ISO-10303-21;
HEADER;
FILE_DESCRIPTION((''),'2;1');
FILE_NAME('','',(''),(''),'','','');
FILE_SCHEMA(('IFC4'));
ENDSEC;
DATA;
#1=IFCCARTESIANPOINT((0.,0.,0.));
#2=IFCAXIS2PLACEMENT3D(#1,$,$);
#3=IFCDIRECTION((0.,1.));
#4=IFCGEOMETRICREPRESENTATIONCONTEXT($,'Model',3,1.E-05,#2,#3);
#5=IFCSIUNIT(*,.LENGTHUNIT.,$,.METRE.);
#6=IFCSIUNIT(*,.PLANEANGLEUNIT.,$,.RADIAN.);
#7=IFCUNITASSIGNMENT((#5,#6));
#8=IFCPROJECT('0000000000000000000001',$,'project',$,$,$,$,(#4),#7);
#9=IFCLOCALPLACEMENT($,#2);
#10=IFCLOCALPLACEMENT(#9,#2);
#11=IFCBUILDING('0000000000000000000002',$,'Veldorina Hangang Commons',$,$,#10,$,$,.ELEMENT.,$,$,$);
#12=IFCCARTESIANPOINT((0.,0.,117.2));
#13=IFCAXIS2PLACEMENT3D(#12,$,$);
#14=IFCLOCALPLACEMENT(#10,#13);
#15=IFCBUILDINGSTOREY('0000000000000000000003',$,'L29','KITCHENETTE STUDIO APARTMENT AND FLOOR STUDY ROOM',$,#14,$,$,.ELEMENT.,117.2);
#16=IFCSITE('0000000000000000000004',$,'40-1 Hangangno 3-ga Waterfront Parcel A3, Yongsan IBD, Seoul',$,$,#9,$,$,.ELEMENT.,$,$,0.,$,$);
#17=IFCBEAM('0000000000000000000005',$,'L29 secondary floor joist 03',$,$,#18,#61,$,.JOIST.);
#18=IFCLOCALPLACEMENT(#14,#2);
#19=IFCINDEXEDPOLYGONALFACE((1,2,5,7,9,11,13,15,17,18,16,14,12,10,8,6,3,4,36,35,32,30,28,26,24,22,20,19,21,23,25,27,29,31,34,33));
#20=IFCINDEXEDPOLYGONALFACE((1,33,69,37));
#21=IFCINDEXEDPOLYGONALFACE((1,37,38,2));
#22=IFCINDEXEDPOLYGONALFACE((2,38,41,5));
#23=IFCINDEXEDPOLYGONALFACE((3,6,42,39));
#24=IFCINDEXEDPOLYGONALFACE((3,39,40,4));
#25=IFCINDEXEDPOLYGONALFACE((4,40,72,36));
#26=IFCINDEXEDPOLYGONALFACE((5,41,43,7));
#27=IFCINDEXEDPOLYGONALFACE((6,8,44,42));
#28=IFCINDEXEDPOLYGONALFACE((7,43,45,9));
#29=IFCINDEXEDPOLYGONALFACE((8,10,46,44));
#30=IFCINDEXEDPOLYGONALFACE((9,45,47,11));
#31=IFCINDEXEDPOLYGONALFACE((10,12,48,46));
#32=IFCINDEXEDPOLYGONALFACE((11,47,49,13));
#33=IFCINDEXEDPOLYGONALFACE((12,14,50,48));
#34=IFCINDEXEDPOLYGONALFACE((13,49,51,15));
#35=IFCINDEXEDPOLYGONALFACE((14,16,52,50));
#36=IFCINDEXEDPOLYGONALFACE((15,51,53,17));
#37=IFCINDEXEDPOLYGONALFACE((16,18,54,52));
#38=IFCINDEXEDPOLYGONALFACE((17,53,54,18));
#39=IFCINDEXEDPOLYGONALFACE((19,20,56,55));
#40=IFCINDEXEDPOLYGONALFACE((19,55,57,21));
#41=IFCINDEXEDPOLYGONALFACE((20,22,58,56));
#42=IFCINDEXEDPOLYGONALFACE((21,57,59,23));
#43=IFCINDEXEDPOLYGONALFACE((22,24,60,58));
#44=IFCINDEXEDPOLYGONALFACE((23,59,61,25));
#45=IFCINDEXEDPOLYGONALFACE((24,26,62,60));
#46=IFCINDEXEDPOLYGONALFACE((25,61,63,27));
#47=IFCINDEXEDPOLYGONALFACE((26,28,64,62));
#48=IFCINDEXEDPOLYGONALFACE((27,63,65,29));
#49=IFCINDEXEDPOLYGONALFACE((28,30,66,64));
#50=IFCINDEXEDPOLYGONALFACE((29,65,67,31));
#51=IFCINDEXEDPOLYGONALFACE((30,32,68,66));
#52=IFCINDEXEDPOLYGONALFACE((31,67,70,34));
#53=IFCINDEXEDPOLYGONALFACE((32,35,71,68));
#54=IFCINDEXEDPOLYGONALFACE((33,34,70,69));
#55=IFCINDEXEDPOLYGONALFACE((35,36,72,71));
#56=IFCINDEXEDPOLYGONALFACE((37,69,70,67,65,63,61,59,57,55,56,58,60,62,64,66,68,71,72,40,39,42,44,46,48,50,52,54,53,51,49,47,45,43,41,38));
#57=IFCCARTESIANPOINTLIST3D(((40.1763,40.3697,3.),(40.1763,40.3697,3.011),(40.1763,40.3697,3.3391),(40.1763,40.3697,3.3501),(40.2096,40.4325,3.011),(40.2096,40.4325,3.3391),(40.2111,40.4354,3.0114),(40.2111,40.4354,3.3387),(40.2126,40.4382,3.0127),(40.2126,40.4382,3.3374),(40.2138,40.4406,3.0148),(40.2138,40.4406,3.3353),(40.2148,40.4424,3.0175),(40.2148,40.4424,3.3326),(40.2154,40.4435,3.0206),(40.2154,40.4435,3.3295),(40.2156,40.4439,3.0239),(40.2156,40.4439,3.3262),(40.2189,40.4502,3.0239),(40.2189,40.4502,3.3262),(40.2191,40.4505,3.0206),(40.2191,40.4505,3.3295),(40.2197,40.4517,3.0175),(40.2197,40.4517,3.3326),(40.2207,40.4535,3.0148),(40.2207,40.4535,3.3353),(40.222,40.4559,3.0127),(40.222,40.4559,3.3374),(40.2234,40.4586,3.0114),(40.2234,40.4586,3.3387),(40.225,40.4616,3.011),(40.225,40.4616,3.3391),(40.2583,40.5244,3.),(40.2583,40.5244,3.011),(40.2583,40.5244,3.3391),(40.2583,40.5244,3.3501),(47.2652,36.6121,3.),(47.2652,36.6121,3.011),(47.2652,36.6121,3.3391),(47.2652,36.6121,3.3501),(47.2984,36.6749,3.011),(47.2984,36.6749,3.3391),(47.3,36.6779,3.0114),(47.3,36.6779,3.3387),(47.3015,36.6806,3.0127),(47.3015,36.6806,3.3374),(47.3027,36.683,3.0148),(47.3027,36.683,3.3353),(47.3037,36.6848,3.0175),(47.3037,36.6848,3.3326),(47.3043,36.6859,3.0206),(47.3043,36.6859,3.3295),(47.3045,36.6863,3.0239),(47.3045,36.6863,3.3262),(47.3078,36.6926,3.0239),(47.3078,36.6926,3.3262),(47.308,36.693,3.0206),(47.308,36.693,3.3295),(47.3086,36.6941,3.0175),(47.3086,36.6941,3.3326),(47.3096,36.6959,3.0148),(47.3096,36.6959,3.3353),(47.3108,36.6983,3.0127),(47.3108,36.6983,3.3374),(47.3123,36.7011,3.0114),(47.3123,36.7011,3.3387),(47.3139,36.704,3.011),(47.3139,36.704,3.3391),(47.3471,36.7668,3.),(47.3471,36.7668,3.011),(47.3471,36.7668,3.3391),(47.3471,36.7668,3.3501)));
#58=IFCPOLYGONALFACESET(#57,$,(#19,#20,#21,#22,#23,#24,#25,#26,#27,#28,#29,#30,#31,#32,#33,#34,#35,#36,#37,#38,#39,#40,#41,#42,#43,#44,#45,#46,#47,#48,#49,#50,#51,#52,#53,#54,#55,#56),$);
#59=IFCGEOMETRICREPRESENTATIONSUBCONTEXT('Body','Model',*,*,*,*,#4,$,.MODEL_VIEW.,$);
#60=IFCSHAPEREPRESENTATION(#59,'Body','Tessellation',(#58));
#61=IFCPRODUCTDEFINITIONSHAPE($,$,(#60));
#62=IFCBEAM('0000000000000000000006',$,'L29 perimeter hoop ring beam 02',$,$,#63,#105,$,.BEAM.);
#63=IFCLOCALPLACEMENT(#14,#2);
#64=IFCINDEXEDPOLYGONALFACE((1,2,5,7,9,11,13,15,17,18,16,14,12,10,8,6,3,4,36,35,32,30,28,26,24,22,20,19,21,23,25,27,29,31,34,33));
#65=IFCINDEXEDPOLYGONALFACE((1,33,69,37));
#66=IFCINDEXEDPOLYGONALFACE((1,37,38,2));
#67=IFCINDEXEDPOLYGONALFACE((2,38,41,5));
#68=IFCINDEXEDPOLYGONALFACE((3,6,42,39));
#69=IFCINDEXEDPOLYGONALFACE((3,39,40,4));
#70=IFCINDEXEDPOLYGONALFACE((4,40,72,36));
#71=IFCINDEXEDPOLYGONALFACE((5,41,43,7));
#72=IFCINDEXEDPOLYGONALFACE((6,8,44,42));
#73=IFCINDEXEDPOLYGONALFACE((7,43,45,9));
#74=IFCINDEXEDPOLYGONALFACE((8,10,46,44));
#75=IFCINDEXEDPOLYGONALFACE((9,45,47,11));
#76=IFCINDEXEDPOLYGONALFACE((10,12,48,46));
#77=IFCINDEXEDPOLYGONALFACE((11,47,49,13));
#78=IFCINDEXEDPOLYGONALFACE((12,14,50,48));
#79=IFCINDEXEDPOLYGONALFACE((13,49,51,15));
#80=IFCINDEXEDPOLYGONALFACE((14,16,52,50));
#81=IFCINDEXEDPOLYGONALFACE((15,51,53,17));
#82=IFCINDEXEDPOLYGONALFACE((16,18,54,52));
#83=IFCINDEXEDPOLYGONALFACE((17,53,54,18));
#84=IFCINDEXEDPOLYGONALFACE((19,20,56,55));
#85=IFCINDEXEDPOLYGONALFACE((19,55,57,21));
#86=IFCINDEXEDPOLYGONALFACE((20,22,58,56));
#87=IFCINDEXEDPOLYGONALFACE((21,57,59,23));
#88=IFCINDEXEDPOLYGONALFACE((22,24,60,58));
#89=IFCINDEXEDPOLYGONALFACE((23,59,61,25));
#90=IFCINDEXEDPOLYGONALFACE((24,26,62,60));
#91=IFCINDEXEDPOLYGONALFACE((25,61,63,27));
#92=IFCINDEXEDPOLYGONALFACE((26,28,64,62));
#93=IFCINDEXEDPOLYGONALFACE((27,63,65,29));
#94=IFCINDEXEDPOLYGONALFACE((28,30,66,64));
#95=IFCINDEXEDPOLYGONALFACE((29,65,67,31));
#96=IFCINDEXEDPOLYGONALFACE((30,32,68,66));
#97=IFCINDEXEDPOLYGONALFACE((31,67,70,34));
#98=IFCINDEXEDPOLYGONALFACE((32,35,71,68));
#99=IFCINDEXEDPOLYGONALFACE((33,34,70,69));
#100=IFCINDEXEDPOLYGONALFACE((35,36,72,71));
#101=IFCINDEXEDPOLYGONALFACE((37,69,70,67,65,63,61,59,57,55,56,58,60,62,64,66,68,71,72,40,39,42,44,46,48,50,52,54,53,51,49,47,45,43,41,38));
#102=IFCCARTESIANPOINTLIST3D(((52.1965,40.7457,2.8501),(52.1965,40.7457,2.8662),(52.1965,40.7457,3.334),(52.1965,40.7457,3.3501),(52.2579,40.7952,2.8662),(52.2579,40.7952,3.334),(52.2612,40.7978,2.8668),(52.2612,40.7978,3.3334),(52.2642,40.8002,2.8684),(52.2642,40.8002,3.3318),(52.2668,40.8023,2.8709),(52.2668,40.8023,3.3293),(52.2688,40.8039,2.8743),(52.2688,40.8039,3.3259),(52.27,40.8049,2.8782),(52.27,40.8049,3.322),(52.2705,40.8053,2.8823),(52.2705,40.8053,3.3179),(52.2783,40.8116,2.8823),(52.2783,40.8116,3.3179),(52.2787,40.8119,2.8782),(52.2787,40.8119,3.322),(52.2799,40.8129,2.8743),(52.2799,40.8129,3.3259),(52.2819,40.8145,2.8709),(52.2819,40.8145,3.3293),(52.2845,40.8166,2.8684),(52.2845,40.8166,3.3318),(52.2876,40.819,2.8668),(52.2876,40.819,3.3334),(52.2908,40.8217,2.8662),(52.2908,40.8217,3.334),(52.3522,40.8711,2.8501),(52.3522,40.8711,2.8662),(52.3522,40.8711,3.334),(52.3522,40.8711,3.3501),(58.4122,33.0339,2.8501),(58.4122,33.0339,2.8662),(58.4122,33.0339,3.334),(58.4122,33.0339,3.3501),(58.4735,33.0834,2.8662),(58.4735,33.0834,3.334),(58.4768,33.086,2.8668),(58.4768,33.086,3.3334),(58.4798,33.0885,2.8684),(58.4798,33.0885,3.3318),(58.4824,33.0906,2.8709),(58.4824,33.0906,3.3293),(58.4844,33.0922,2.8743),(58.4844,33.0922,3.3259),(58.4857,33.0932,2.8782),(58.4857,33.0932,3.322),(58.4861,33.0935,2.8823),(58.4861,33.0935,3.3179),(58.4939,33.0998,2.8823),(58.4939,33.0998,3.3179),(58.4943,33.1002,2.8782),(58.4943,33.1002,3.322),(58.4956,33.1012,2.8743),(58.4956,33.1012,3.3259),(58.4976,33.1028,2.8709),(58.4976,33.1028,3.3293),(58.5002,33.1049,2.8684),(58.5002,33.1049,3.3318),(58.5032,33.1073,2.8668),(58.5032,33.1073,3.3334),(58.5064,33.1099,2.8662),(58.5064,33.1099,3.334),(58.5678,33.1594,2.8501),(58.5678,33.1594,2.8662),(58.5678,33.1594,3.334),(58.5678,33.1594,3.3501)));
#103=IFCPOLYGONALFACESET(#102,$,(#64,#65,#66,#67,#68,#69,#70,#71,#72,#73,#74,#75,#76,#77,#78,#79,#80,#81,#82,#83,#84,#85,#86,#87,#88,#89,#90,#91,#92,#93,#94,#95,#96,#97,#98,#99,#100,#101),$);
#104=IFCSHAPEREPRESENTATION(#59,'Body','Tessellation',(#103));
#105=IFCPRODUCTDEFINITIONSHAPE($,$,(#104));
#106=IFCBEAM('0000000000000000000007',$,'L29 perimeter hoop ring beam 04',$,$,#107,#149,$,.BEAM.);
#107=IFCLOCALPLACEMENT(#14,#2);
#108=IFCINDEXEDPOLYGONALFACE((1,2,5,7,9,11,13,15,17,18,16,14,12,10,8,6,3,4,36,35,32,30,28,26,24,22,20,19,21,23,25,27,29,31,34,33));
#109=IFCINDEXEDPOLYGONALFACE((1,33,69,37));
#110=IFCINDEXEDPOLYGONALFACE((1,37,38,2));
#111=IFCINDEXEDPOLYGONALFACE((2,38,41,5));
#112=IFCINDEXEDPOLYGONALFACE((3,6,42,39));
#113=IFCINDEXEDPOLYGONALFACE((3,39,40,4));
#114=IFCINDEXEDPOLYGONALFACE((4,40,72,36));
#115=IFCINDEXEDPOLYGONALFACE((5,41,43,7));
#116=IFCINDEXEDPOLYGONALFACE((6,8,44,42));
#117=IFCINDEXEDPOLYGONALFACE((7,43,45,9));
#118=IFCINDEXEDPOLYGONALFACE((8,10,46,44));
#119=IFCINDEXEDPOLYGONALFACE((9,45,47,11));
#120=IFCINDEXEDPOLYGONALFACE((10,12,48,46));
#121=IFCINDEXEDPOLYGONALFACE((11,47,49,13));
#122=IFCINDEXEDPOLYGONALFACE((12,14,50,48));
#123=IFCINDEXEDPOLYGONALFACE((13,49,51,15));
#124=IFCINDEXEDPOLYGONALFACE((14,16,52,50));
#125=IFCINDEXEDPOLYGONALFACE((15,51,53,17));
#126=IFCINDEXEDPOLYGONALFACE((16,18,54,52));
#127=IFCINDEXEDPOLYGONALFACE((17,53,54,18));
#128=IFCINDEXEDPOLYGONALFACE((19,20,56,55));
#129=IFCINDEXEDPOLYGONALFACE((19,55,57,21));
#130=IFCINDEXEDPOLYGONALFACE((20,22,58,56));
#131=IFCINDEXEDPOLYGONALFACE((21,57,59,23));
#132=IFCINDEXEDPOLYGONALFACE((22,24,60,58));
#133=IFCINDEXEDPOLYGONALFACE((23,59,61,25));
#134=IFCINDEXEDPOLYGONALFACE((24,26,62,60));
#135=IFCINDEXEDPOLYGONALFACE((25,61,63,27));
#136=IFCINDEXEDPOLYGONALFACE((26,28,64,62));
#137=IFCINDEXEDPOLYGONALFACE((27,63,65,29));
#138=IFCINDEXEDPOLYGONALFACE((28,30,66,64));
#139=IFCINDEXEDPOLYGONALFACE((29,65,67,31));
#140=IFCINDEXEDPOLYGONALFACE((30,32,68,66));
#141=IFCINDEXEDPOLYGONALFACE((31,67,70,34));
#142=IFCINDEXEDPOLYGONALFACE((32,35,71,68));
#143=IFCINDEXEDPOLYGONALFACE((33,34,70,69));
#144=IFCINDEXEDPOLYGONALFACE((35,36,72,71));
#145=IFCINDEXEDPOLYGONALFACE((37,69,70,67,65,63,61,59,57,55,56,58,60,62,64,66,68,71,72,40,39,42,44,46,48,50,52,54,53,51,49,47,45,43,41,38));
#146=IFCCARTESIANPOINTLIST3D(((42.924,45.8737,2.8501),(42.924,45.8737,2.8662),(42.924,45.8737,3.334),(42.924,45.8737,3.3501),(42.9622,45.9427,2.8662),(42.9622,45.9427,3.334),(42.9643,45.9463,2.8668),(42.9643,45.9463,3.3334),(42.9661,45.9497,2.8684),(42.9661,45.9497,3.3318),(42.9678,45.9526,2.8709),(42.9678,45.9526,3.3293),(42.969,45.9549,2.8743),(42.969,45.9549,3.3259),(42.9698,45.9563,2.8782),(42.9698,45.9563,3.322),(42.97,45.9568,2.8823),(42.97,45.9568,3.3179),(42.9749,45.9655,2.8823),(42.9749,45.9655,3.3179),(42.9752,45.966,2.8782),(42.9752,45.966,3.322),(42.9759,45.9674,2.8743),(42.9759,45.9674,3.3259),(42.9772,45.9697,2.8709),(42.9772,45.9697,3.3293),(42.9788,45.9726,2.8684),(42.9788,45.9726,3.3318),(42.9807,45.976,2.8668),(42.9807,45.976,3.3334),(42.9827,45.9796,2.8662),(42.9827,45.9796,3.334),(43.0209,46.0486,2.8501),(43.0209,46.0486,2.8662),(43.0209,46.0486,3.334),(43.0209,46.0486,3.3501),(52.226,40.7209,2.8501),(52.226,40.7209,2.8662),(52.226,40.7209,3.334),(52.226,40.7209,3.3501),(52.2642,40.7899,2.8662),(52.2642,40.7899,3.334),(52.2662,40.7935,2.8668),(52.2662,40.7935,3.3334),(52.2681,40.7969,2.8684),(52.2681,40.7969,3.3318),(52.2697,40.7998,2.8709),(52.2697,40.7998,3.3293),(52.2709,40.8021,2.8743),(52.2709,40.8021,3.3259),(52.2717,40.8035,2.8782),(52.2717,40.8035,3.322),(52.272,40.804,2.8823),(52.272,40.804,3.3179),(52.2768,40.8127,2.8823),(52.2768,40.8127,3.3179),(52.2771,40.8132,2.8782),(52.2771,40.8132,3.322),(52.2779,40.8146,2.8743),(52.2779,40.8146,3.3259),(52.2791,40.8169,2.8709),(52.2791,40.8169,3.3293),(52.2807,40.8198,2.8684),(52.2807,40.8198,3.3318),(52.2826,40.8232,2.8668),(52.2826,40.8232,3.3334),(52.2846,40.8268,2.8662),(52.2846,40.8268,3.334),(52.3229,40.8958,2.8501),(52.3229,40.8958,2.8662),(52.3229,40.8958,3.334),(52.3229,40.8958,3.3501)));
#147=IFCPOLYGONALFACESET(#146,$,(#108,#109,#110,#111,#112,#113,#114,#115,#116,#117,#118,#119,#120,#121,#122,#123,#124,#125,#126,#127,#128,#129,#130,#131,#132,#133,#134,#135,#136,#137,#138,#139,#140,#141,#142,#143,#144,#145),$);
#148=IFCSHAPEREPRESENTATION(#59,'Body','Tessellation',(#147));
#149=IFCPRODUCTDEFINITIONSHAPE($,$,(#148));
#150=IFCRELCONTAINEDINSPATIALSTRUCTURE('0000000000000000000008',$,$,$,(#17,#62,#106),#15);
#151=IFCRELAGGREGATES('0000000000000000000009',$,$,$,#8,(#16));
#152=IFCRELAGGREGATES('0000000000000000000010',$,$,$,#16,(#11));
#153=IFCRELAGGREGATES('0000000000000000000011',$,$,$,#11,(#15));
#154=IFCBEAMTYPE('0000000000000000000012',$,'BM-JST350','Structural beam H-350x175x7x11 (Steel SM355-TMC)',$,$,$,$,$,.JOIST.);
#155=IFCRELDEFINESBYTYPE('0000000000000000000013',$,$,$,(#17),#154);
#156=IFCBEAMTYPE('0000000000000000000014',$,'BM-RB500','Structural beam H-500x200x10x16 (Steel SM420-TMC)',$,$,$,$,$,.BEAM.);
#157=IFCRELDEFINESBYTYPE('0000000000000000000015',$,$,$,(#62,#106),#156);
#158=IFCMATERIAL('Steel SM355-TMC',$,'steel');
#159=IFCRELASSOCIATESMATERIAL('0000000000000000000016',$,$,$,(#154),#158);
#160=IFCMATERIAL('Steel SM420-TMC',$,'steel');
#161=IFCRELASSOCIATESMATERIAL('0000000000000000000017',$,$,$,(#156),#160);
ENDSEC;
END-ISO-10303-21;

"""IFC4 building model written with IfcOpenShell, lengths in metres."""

from ifc_helpers import new_model, si_unit, direction, frame, origin, origin_2d, place, context, subcontext, project, spatial, i_section, extrude, material, material_profile, profile_set, type_object, element, save


model = new_model("IFC4")

# Units and contexts
model_context = context("Model", 3, precision=1e-05, world=origin(), true_north=direction((0.0, 1.0)))
body_context = subcontext(model_context, "Body", "Model", "MODEL_VIEW")
ifc_project = project(units=[si_unit("LENGTHUNIT", "METRE"), si_unit("PLANEANGLEUNIT", "RADIAN")], contexts=[model_context])

# Site, building, storey
site_placement = place(None, origin())
site = spatial("IfcSite", under=ifc_project, at=site_placement, Name="40-1 Hangangno 3-ga Waterfront Parcel A3, Yongsan IBD, Seoul", CompositionType="ELEMENT", RefElevation=0.0)
building_placement = place(site_placement, origin())
building = spatial("IfcBuilding", under=site, at=building_placement, Name="Veldorina Hangang Commons", CompositionType="ELEMENT")
storey_placement = place(building_placement, frame((0.0, 0.0, 117.2)))
storey = spatial("IfcBuildingStorey", under=building, at=storey_placement, Name="L29", Description="KITCHENETTE STUDIO APARTMENT AND FLOOR STUDY ROOM", CompositionType="ELEMENT", Elevation=117.2)

# Beams
ifc_material_1 = material(Name="Steel SM355-TMC", Category="steel")
ifc_material_profile_1 = material_profile(ifc_material_1, i_section(OverallWidth=0.175, OverallDepth=0.3501, WebThickness=0.0071, FlangeThickness=0.011, FilletRadius=0.0129, at=origin_2d()), Name="H-350x175x7x11")
ifc_profile_set_1 = profile_set([ifc_material_profile_1], Name="Steel SM355-TMC")
beam_type_1 = type_object("IfcBeamType", Name="BM-JST350", Description="Structural beam H-350x175x7x11 (Steel SM355-TMC)", PredefinedType="JOIST", material=ifc_profile_set_1)
beam_1_placement = place(storey_placement, frame((47.3062, 36.6895, 3.175), z_axis=(-0.883549, 0.468339, 0.0), x_axis=(-0.468339, -0.883549, 0.0)))
element("IfcBeam", 1, at=beam_1_placement, inside=storey, type_object=beam_type_1, Name="L29 secondary floor joist 03", PredefinedType="JOIST", context=body_context, shape_type="SweptSolid", body=[
    extrude(i_section(OverallWidth=0.175, OverallDepth=0.3501, WebThickness=0.0071, FlangeThickness=0.011, FilletRadius=0.0129, at=origin_2d()), origin(), (0.0, 0.0, 1.0), 8.0232),
])
ifc_material_2 = material(Name="Steel SM420-TMC", Category="steel")
ifc_material_profile_2 = material_profile(ifc_material_2, i_section(OverallWidth=0.2, OverallDepth=0.5, WebThickness=0.01, FlangeThickness=0.0161, FilletRadius=0.0161, at=origin_2d()), Name="H-500x200x10x16")
ifc_profile_set_2 = profile_set([ifc_material_profile_2], Name="Steel SM420-TMC")
beam_type_2 = type_object("IfcBeamType", Name="BM-RB500", Description="Structural beam H-500x200x10x16 (Steel SM420-TMC)", PredefinedType="BEAM", material=ifc_profile_set_2)
beam_2_placement = place(storey_placement, frame((58.49, 33.0967, 3.1001), z_axis=(-0.627538, 0.778586, 0.0), x_axis=(-0.778586, -0.627538, 0.0)))
element("IfcBeam", 2, at=beam_2_placement, inside=storey, type_object=beam_type_2, Name="L29 perimeter hoop ring beam 02", PredefinedType="BEAM", context=body_context, shape_type="SweptSolid", body=[
    extrude(i_section(OverallWidth=0.2, OverallDepth=0.5, WebThickness=0.01, FlangeThickness=0.0161, FilletRadius=0.0161, at=origin_2d()), origin(), (0.0, 0.0, 1.0), 9.9048),
])
beam_3_placement = place(storey_placement, frame((52.2744, 40.8083, 3.1001), z_axis=(-0.874753, 0.484568, 0.0), x_axis=(-0.484568, -0.874753, 0.0)))
element("IfcBeam", 3, at=beam_3_placement, inside=storey, type_object=beam_type_2, Name="L29 perimeter hoop ring beam 04", PredefinedType="BEAM", context=body_context, shape_type="SweptSolid", body=[
    extrude(i_section(OverallWidth=0.2, OverallDepth=0.5, WebThickness=0.01, FlangeThickness=0.0161, FilletRadius=0.0161, at=origin_2d()), origin(), (0.0, 0.0, 1.0), 10.6338),
])

save(model, "model.ifc")
